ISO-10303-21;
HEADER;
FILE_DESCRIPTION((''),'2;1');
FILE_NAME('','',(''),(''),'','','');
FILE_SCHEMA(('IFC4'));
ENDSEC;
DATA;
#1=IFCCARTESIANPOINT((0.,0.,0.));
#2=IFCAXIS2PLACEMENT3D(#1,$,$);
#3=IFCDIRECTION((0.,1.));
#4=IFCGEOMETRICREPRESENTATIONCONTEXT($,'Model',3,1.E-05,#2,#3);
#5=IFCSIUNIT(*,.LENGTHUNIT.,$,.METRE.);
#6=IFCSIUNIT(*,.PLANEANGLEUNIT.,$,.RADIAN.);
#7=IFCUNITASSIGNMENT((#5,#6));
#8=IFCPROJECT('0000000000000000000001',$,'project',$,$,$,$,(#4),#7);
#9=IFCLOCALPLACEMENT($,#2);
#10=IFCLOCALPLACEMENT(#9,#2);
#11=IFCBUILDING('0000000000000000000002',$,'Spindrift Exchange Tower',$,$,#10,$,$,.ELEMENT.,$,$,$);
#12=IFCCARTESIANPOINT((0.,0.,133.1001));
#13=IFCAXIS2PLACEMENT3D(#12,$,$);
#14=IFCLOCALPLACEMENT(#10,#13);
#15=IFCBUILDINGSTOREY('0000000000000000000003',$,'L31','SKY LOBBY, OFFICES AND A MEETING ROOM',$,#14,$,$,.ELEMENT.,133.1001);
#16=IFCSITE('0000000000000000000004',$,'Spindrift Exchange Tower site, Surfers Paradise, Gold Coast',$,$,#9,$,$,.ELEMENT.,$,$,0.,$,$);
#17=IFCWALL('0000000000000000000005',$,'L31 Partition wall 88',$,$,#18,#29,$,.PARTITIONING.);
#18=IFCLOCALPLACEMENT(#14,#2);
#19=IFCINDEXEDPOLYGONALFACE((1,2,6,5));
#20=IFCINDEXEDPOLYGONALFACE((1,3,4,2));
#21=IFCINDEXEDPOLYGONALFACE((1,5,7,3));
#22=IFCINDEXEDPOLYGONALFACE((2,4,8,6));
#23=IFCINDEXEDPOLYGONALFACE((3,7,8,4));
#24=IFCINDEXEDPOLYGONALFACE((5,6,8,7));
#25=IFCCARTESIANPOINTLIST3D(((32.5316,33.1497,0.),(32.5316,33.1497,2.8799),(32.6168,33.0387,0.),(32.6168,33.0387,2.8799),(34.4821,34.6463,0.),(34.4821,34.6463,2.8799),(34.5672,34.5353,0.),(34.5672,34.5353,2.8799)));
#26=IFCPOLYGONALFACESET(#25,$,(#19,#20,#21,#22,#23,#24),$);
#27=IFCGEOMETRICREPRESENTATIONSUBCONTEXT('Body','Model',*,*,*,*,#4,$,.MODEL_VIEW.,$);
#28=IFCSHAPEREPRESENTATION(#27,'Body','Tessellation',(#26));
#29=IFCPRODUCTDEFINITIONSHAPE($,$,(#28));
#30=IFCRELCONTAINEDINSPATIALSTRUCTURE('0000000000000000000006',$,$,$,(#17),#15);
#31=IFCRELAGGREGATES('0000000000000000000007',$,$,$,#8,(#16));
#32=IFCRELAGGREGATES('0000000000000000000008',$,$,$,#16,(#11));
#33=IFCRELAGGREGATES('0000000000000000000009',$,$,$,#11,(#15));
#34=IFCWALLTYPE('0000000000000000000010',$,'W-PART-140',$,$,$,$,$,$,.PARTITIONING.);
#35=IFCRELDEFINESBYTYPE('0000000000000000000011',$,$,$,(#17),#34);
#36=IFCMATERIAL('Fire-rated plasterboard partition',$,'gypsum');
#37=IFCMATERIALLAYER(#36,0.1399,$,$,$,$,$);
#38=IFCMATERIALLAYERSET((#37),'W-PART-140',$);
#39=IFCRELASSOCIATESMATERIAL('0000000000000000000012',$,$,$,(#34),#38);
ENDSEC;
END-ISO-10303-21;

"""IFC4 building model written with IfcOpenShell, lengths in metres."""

from ifc_helpers import new_model, si_unit, direction, frame, frame_2d, origin, place, context, subcontext, project, spatial, rectangle, extrude, material, layer, layer_set, type_object, element, save


model = new_model("IFC4")

# Units and contexts
model_context = context("Model", 3, precision=1e-05, world=origin(), true_north=direction((0.0, 1.0)))
body_context = subcontext(model_context, "Body", "Model", "MODEL_VIEW")
ifc_project = project(units=[si_unit("LENGTHUNIT", "METRE"), si_unit("PLANEANGLEUNIT", "RADIAN")], contexts=[model_context])

# Site, building, storey
site_placement = place(None, origin())
site = spatial("IfcSite", under=ifc_project, at=site_placement, Name="Spindrift Exchange Tower site, Surfers Paradise, Gold Coast", CompositionType="ELEMENT", RefElevation=0.0)
building_placement = place(site_placement, origin())
building = spatial("IfcBuilding", under=site, at=building_placement, Name="Spindrift Exchange Tower", CompositionType="ELEMENT")
storey_placement = place(building_placement, frame((0.0, 0.0, 133.1001)))
storey = spatial("IfcBuildingStorey", under=building, at=storey_placement, Name="L31", Description="SKY LOBBY, OFFICES AND A MEETING ROOM", CompositionType="ELEMENT", Elevation=133.1001)

# Shared definitions
ifc_material_1 = material(Name="Fire-rated plasterboard partition", Category="gypsum")

# Shared definitions
ifc_layer_1 = layer(ifc_material_1, 0.1399)
ifc_layer_set_1 = layer_set([ifc_layer_1], Name="W-PART-140")
wall_type_1 = type_object("IfcWallType", Name="W-PART-140", PredefinedType="PARTITIONING", material=ifc_layer_set_1)

# Wall
wall_1_placement = place(storey_placement, frame((34.5247, 34.5908, 0.0), z_axis=(0.0, 0.0, 1.0), x_axis=(-0.793362, -0.60875, 0.0)))
element("IfcWall", 1, at=wall_1_placement, inside=storey, type_object=wall_type_1, Name="L31 Partition wall 88", PredefinedType="PARTITIONING", context=body_context, shape_type="SweptSolid", body=[
    extrude(rectangle(XDim=2.4585, YDim=0.1399, at=frame_2d((1.2292, 0.0))), origin(), (0.0, 0.0, 1.0), 2.8799),
])

save(model, "model.ifc")
